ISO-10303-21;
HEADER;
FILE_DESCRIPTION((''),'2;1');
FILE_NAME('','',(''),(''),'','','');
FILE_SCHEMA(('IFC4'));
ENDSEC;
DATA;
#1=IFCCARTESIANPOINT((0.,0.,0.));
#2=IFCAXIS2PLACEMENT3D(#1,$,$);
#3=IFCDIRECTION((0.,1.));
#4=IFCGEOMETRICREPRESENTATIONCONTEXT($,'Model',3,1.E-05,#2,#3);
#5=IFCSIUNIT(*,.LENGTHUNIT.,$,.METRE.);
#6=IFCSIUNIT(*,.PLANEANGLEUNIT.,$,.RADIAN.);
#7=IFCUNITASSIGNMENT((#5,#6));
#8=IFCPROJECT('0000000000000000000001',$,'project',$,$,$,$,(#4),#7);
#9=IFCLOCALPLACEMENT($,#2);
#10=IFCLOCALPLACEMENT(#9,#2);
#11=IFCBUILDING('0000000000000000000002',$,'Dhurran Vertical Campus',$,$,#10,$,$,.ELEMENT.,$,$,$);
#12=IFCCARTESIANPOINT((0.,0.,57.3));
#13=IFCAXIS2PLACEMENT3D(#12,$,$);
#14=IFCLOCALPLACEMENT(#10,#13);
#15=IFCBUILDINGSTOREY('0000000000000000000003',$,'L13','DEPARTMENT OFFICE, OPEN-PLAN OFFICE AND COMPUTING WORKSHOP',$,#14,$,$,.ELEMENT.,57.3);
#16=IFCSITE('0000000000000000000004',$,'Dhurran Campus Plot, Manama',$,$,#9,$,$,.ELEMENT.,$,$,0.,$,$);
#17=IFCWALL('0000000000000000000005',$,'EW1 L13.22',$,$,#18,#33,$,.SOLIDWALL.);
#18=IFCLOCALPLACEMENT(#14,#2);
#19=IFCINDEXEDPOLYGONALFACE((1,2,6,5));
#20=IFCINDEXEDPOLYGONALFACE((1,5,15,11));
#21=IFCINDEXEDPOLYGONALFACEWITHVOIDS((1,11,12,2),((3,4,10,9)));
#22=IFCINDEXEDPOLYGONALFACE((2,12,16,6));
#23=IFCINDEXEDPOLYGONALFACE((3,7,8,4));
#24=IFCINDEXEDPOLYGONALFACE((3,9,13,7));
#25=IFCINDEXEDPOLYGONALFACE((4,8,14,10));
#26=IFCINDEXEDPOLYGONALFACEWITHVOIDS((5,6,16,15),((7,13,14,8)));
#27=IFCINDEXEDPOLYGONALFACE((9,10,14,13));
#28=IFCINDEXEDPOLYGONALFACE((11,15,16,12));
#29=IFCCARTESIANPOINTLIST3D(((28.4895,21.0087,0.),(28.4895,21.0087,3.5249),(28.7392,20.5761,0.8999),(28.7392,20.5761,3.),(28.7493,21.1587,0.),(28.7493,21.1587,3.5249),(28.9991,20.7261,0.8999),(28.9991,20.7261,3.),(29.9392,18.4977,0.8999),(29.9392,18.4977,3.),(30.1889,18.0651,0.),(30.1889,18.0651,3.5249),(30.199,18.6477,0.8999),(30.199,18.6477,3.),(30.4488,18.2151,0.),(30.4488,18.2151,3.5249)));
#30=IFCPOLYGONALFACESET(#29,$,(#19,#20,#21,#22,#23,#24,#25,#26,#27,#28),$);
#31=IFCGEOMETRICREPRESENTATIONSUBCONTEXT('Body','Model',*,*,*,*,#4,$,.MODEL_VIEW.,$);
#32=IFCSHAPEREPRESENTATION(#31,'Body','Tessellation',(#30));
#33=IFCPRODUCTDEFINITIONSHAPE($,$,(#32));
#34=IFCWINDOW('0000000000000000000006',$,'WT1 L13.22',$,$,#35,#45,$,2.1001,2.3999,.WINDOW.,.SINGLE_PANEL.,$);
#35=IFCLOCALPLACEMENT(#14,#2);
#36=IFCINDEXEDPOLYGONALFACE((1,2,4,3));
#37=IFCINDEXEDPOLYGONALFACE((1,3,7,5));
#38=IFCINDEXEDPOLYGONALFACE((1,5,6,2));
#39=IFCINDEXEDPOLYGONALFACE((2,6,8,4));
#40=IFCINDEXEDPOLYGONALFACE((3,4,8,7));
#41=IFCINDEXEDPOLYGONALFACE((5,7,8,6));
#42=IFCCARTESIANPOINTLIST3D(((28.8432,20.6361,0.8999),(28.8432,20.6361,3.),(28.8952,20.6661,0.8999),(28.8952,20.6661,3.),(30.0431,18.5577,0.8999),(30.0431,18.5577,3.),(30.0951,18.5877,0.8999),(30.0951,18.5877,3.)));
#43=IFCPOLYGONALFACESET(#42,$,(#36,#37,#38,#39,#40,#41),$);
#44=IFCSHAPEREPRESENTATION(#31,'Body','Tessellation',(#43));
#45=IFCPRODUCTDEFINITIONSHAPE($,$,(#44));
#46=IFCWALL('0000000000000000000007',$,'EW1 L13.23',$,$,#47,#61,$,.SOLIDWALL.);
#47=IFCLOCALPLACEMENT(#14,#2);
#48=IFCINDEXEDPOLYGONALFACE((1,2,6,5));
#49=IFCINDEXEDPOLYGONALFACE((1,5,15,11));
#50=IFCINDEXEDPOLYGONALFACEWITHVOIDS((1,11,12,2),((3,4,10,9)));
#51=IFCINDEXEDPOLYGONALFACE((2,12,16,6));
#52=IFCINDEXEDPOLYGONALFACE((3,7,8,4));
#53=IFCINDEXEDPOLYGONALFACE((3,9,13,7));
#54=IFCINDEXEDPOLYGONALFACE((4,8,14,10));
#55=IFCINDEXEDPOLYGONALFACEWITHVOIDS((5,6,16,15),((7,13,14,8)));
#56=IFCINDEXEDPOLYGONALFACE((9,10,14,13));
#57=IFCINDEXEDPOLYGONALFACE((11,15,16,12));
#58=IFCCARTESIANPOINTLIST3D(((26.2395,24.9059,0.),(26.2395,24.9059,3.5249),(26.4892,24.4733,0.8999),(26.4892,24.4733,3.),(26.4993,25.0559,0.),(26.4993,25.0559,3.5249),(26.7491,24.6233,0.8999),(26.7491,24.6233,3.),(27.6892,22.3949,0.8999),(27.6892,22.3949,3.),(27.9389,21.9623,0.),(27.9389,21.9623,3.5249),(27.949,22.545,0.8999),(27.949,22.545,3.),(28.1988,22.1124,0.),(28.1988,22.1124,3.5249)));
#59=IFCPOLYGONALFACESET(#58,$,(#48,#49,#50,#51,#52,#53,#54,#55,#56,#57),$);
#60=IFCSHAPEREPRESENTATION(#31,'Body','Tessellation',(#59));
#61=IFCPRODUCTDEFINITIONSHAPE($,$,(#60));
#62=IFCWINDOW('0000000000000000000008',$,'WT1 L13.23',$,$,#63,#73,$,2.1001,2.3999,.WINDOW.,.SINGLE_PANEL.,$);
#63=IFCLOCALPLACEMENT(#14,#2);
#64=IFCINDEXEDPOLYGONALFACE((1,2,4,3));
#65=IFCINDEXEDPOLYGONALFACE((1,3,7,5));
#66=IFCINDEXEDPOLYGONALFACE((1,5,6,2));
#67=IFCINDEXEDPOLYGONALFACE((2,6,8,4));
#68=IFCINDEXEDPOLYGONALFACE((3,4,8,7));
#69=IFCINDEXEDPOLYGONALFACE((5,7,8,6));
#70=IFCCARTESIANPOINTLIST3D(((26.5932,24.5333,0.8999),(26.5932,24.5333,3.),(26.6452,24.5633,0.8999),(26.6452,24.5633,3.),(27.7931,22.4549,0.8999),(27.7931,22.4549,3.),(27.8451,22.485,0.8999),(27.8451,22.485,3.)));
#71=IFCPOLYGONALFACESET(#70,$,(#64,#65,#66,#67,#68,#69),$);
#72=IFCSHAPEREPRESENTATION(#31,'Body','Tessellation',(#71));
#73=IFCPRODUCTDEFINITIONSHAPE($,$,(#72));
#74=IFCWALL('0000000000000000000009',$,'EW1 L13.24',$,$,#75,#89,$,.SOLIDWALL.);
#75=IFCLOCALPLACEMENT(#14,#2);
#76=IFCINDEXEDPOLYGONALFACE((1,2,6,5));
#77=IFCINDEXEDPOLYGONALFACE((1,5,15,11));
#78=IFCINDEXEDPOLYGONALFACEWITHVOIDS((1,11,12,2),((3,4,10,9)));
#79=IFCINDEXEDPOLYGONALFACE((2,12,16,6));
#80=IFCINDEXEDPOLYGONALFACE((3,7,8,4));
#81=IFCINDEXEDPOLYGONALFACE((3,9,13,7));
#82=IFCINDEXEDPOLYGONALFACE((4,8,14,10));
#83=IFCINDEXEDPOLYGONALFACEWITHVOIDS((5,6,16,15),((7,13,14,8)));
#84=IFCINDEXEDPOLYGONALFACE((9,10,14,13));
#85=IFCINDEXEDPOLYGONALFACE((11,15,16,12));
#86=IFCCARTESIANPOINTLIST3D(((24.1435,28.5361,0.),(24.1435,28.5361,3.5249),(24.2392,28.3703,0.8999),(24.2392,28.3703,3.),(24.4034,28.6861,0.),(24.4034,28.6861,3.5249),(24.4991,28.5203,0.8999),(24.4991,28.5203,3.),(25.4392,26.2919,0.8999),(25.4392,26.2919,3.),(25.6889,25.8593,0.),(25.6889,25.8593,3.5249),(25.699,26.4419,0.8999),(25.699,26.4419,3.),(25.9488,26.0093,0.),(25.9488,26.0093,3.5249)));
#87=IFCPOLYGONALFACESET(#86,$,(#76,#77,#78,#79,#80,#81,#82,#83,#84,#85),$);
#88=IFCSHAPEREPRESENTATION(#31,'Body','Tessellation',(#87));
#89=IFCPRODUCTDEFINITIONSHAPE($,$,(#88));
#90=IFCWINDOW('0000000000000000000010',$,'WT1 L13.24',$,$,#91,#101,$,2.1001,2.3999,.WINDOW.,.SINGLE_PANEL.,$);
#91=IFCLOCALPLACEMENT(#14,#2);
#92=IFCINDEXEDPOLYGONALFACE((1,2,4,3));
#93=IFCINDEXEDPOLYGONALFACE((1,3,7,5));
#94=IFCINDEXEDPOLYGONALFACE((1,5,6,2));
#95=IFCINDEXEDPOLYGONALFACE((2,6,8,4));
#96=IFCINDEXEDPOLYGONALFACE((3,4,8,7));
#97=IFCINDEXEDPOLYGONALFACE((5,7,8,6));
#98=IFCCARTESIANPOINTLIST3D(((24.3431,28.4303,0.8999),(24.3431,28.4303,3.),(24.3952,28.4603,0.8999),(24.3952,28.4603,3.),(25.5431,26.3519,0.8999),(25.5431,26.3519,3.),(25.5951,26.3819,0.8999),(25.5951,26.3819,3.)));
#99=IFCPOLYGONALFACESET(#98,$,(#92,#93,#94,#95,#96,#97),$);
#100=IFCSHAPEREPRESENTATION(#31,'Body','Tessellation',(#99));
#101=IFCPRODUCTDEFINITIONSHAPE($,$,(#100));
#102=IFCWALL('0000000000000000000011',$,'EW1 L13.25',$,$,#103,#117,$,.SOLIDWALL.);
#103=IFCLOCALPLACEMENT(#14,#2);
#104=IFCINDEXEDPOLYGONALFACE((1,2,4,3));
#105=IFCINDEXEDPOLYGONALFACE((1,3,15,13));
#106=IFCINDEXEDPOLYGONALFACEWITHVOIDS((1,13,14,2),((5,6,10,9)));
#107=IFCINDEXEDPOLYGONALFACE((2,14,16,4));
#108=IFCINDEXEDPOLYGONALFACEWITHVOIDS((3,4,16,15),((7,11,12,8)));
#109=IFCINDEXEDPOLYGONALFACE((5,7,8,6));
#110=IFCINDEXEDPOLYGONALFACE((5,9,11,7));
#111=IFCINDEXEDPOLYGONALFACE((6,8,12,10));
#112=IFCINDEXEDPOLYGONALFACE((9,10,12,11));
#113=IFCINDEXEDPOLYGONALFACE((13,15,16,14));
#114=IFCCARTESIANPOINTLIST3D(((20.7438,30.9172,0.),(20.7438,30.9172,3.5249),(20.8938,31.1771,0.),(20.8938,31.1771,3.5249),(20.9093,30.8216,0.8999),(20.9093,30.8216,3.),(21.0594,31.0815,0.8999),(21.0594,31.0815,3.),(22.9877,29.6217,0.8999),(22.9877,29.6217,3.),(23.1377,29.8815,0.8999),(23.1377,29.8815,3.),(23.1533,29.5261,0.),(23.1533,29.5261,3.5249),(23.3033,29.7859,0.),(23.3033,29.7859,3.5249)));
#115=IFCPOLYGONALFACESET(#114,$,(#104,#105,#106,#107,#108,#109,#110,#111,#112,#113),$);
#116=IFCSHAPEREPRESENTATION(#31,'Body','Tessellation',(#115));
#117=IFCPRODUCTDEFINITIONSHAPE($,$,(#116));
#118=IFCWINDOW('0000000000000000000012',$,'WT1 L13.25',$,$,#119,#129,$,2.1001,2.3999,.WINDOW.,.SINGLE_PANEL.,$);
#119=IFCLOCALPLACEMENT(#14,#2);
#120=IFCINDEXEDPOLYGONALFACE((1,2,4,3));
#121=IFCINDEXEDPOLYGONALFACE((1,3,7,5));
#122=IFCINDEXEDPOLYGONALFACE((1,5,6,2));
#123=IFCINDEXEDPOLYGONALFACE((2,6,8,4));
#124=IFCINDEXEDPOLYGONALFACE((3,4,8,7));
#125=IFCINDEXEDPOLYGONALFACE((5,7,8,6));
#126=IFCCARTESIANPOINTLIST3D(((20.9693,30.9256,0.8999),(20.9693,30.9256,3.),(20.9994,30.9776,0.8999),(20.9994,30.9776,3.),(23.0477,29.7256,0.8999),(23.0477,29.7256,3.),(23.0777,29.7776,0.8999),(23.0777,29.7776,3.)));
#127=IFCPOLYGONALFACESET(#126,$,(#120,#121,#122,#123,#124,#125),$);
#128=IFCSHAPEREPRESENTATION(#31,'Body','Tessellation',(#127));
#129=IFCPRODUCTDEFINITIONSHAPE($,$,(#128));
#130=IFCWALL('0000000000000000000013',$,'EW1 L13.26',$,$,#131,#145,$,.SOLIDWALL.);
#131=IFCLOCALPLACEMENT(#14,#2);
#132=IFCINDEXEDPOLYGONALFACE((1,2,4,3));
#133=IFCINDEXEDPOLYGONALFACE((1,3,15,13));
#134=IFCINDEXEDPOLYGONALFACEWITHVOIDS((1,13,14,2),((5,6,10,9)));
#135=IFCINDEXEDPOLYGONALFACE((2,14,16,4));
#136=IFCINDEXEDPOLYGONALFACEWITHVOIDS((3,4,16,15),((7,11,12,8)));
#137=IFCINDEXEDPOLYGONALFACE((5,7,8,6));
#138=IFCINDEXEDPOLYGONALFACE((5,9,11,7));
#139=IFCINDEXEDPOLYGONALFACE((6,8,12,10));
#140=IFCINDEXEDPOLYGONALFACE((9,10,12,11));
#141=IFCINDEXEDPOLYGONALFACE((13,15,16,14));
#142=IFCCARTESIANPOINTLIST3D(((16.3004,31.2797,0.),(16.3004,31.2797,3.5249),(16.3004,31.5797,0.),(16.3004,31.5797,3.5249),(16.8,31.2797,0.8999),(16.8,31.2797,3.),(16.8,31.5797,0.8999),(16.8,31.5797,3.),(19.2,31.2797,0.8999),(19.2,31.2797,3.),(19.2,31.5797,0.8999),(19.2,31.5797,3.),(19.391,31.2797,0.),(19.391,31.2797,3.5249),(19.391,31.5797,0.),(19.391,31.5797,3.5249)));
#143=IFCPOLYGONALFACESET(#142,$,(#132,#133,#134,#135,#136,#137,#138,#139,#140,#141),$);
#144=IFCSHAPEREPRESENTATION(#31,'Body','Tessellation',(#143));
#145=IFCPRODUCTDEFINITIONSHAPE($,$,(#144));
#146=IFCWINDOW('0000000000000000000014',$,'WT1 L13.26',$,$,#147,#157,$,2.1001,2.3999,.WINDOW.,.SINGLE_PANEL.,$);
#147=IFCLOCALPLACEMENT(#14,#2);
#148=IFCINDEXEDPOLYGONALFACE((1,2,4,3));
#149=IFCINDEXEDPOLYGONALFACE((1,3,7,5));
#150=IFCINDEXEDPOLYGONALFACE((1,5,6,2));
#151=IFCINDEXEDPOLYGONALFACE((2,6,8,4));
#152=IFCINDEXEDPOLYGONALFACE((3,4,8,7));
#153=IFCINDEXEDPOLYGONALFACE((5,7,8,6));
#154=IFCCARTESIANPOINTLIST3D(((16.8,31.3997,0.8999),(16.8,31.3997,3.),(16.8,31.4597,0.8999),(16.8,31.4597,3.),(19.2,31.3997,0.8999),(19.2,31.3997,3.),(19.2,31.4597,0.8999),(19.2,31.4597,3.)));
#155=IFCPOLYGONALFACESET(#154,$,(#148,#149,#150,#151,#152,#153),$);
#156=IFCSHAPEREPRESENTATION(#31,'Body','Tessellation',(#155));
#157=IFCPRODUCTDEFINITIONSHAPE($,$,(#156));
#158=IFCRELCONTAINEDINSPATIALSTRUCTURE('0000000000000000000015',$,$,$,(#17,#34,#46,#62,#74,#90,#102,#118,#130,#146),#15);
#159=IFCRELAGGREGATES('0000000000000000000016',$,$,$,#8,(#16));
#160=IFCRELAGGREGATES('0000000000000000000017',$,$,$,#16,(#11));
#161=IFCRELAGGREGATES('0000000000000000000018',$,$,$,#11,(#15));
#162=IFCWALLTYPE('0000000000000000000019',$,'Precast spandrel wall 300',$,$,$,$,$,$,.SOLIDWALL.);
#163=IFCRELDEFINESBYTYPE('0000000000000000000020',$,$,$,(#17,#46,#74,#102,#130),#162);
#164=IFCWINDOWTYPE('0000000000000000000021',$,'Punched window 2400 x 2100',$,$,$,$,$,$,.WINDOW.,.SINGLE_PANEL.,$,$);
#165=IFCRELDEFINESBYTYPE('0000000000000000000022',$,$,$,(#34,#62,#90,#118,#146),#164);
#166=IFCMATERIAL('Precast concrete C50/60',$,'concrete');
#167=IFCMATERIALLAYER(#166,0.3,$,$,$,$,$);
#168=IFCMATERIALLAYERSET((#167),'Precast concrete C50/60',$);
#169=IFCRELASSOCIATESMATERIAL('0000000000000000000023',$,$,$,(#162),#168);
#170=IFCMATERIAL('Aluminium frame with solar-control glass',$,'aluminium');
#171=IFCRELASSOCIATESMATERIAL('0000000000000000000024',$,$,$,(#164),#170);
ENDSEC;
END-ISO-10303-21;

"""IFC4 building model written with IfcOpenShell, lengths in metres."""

from ifc_helpers import new_model, si_unit, direction, frame, frame_2d, origin, place, context, subcontext, project, spatial, rectangle, extrude, material, layer, layer_set, type_object, element, fill, save


model = new_model("IFC4")

# Units and contexts
model_context = context("Model", 3, precision=1e-05, world=origin(), true_north=direction((0.0, 1.0)))
body_context = subcontext(model_context, "Body", "Model", "MODEL_VIEW")
ifc_project = project(units=[si_unit("LENGTHUNIT", "METRE"), si_unit("PLANEANGLEUNIT", "RADIAN")], contexts=[model_context])

# Site, building, storey
site_placement = place(None, origin())
site = spatial("IfcSite", under=ifc_project, at=site_placement, Name="Dhurran Campus Plot, Manama", CompositionType="ELEMENT", RefElevation=0.0)
building_placement = place(site_placement, origin())
building = spatial("IfcBuilding", under=site, at=building_placement, Name="Dhurran Vertical Campus", CompositionType="ELEMENT")
storey_placement = place(building_placement, frame((0.0, 0.0, 57.3)))
storey = spatial("IfcBuildingStorey", under=building, at=storey_placement, Name="L13", Description="DEPARTMENT OFFICE, OPEN-PLAN OFFICE AND COMPUTING WORKSHOP", CompositionType="ELEMENT", Elevation=57.3)

# Walls, openings, windows
ifc_material_1 = material(Name="Precast concrete C50/60", Category="concrete")
ifc_layer_1 = layer(ifc_material_1, 0.3)
ifc_layer_set_1 = layer_set([ifc_layer_1], Name="Precast concrete C50/60")
wall_type_1 = type_object("IfcWallType", Name="Precast spandrel wall 300", PredefinedType="SOLIDWALL", material=ifc_layer_set_1)
ifc_material_2 = material(Name="Aluminium frame with solar-control glass", Category="aluminium")
window_type = type_object("IfcWindowType", Name="Punched window 2400 x 2100", PartitioningType="SINGLE_PANEL", PredefinedType="WINDOW", material=ifc_material_2)
wall_1_placement = place(storey_placement, frame((30.3188, 18.1401, 0.0), z_axis=(0.0, 0.0, 1.0), x_axis=(-0.499994, 0.866029, 0.0)))
wall_1 = element("IfcWall", 1, at=wall_1_placement, inside=storey, type_object=wall_type_1, Name="EW1 L13.22", PredefinedType="SOLIDWALL", context=body_context, shape_type="SweptSolid", body=[
    extrude(rectangle(XDim=3.3989, YDim=0.3, at=frame_2d((1.6995, 0.0))), origin(), (0.0, 0.0, 1.0), 3.5249),
])
opening_1_placement = place(wall_1_placement, frame((0.4995, 0.0, 0.8999)))
opening_1 = element("IfcOpeningElement", 2, at=opening_1_placement, cuts=wall_1, PredefinedType="OPENING", context=body_context, shape_type="SweptSolid", body=[
    extrude(rectangle(XDim=2.3999, YDim=2.1001, at=frame_2d((1.2, 1.05))), frame((0.0, 0.1599, 0.0), z_axis=(0.0, -1.0, 0.0), x_axis=(1.0, 0.0, 0.0)), (0.0, 0.0, 1.0), 0.3201),
])
window_1_placement = place(opening_1_placement, origin())
window_1 = element("IfcWindow", 3, at=window_1_placement, inside=storey, type_object=window_type, Name="WT1 L13.22", OverallHeight=2.1001, OverallWidth=2.3999, PartitioningType="SINGLE_PANEL", PredefinedType="WINDOW", context=body_context, shape_type="SweptSolid", body=[
    extrude(rectangle(XDim=2.3999, YDim=2.1001, at=frame_2d((1.2, 1.05))), frame((0.0, 0.03, 0.0), z_axis=(0.0, -1.0, 0.0), x_axis=(1.0, 0.0, 0.0)), (0.0, 0.0, 1.0), 0.0601),
])
fill(opening_1, window_1)
wall_2_placement = place(storey_placement, frame((28.0688, 22.0374, 0.0), z_axis=(0.0, 0.0, 1.0), x_axis=(-0.499994, 0.866029, 0.0)))
wall_2 = element("IfcWall", 4, at=wall_2_placement, inside=storey, type_object=wall_type_1, Name="EW1 L13.23", PredefinedType="SOLIDWALL", context=body_context, shape_type="SweptSolid", body=[
    extrude(rectangle(XDim=3.3989, YDim=0.3, at=frame_2d((1.6995, 0.0))), origin(), (0.0, 0.0, 1.0), 3.5249),
])
opening_2_placement = place(wall_2_placement, frame((0.4995, 0.0, 0.8999)))
opening_2 = element("IfcOpeningElement", 5, at=opening_2_placement, cuts=wall_2, PredefinedType="OPENING", context=body_context, shape_type="SweptSolid", body=[
    extrude(rectangle(XDim=2.3999, YDim=2.1001, at=frame_2d((1.2, 1.05))), frame((0.0, 0.1599, 0.0), z_axis=(0.0, -1.0, 0.0), x_axis=(1.0, 0.0, 0.0)), (0.0, 0.0, 1.0), 0.3201),
])
window_2_placement = place(opening_2_placement, origin())
window_2 = element("IfcWindow", 6, at=window_2_placement, inside=storey, type_object=window_type, Name="WT1 L13.23", OverallHeight=2.1001, OverallWidth=2.3999, PartitioningType="SINGLE_PANEL", PredefinedType="WINDOW", context=body_context, shape_type="SweptSolid", body=[
    extrude(rectangle(XDim=2.3999, YDim=2.1001, at=frame_2d((1.2, 1.05))), frame((0.0, 0.03, 0.0), z_axis=(0.0, -1.0, 0.0), x_axis=(1.0, 0.0, 0.0)), (0.0, 0.0, 1.0), 0.0601),
])
fill(opening_2, window_2)
wall_3_placement = place(storey_placement, frame((25.8188, 25.9343, 0.0), z_axis=(0.0, 0.0, 1.0), x_axis=(-0.499996, 0.866028, 0.0)))
wall_3 = element("IfcWall", 7, at=wall_3_placement, inside=storey, type_object=wall_type_1, Name="EW1 L13.24", PredefinedType="SOLIDWALL", context=body_context, shape_type="SweptSolid", body=[
    extrude(rectangle(XDim=3.0908, YDim=0.3, at=frame_2d((1.5454, 0.0))), origin(), (0.0, 0.0, 1.0), 3.5249),
])
opening_3_placement = place(wall_3_placement, frame((0.4995, 0.0, 0.8999)))
opening_3 = element("IfcOpeningElement", 8, at=opening_3_placement, cuts=wall_3, PredefinedType="OPENING", context=body_context, shape_type="SweptSolid", body=[
    extrude(rectangle(XDim=2.3999, YDim=2.1001, at=frame_2d((1.2, 1.05))), frame((0.0, 0.1599, 0.0), z_axis=(0.0, -1.0, 0.0), x_axis=(1.0, 0.0, 0.0)), (0.0, 0.0, 1.0), 0.3201),
])
window_3_placement = place(opening_3_placement, origin())
window_3 = element("IfcWindow", 9, at=window_3_placement, inside=storey, type_object=window_type, Name="WT1 L13.24", OverallHeight=2.1001, OverallWidth=2.3999, PartitioningType="SINGLE_PANEL", PredefinedType="WINDOW", context=body_context, shape_type="SweptSolid", body=[
    extrude(rectangle(XDim=2.3999, YDim=2.1001, at=frame_2d((1.2, 1.05))), frame((0.0, 0.03, 0.0), z_axis=(0.0, -1.0, 0.0), x_axis=(1.0, 0.0, 0.0)), (0.0, 0.0, 1.0), 0.0601),
])
fill(opening_3, window_3)
wall_4_placement = place(storey_placement, frame((23.2283, 29.656, 0.0), z_axis=(0.0, 0.0, 1.0), x_axis=(-0.86602, 0.500009, 0.0)))
wall_4 = element("IfcWall", 10, at=wall_4_placement, inside=storey, type_object=wall_type_1, Name="EW1 L13.25", PredefinedType="SOLIDWALL", context=body_context, shape_type="SweptSolid", body=[
    extrude(rectangle(XDim=2.7822, YDim=0.3, at=frame_2d((1.3911, 0.0))), origin(), (0.0, 0.0, 1.0), 3.5249),
])
opening_4_placement = place(wall_4_placement, frame((0.1912, 0.0, 0.8999)))
opening_4 = element("IfcOpeningElement", 11, at=opening_4_placement, cuts=wall_4, PredefinedType="OPENING", context=body_context, shape_type="SweptSolid", body=[
    extrude(rectangle(XDim=2.3999, YDim=2.1001, at=frame_2d((1.2, 1.05))), frame((0.0, 0.1599, 0.0), z_axis=(0.0, -1.0, 0.0), x_axis=(1.0, 0.0, 0.0)), (0.0, 0.0, 1.0), 0.3201),
])
window_4_placement = place(opening_4_placement, origin())
window_4 = element("IfcWindow", 12, at=window_4_placement, inside=storey, type_object=window_type, Name="WT1 L13.25", OverallHeight=2.1001, OverallWidth=2.3999, PartitioningType="SINGLE_PANEL", PredefinedType="WINDOW", context=body_context, shape_type="SweptSolid", body=[
    extrude(rectangle(XDim=2.3999, YDim=2.1001, at=frame_2d((1.2, 1.05))), frame((0.0, 0.03, 0.0), z_axis=(0.0, -1.0, 0.0), x_axis=(1.0, 0.0, 0.0)), (0.0, 0.0, 1.0), 0.0601),
])
fill(opening_4, window_4)
wall_5_placement = place(storey_placement, frame((19.3911, 31.4297, 0.0), z_axis=(0.0, 0.0, 1.0), x_axis=(-1.0, 0.0, 0.0)))
wall_5 = element("IfcWall", 13, at=wall_5_placement, inside=storey, type_object=wall_type_1, Name="EW1 L13.26", PredefinedType="SOLIDWALL", context=body_context, shape_type="SweptSolid", body=[
    extrude(rectangle(XDim=3.0906, YDim=0.3, at=frame_2d((1.5454, 0.0))), origin(), (0.0, 0.0, 1.0), 3.5249),
])
opening_5_placement = place(wall_5_placement, frame((0.1912, 0.0, 0.8999)))
opening_5 = element("IfcOpeningElement", 14, at=opening_5_placement, cuts=wall_5, PredefinedType="OPENING", context=body_context, shape_type="SweptSolid", body=[
    extrude(rectangle(XDim=2.3999, YDim=2.1001, at=frame_2d((1.2, 1.05))), frame((0.0, 0.1599, 0.0), z_axis=(0.0, -1.0, 0.0), x_axis=(1.0, 0.0, 0.0)), (0.0, 0.0, 1.0), 0.3201),
])
window_5_placement = place(opening_5_placement, origin())
window_5 = element("IfcWindow", 15, at=window_5_placement, inside=storey, type_object=window_type, Name="WT1 L13.26", OverallHeight=2.1001, OverallWidth=2.3999, PartitioningType="SINGLE_PANEL", PredefinedType="WINDOW", context=body_context, shape_type="SweptSolid", body=[
    extrude(rectangle(XDim=2.3999, YDim=2.1001, at=frame_2d((1.2, 1.05))), frame((0.0, 0.03, 0.0), z_axis=(0.0, -1.0, 0.0), x_axis=(1.0, 0.0, 0.0)), (0.0, 0.0, 1.0), 0.0601),
])
fill(opening_5, window_5)

save(model, "model.ifc")
